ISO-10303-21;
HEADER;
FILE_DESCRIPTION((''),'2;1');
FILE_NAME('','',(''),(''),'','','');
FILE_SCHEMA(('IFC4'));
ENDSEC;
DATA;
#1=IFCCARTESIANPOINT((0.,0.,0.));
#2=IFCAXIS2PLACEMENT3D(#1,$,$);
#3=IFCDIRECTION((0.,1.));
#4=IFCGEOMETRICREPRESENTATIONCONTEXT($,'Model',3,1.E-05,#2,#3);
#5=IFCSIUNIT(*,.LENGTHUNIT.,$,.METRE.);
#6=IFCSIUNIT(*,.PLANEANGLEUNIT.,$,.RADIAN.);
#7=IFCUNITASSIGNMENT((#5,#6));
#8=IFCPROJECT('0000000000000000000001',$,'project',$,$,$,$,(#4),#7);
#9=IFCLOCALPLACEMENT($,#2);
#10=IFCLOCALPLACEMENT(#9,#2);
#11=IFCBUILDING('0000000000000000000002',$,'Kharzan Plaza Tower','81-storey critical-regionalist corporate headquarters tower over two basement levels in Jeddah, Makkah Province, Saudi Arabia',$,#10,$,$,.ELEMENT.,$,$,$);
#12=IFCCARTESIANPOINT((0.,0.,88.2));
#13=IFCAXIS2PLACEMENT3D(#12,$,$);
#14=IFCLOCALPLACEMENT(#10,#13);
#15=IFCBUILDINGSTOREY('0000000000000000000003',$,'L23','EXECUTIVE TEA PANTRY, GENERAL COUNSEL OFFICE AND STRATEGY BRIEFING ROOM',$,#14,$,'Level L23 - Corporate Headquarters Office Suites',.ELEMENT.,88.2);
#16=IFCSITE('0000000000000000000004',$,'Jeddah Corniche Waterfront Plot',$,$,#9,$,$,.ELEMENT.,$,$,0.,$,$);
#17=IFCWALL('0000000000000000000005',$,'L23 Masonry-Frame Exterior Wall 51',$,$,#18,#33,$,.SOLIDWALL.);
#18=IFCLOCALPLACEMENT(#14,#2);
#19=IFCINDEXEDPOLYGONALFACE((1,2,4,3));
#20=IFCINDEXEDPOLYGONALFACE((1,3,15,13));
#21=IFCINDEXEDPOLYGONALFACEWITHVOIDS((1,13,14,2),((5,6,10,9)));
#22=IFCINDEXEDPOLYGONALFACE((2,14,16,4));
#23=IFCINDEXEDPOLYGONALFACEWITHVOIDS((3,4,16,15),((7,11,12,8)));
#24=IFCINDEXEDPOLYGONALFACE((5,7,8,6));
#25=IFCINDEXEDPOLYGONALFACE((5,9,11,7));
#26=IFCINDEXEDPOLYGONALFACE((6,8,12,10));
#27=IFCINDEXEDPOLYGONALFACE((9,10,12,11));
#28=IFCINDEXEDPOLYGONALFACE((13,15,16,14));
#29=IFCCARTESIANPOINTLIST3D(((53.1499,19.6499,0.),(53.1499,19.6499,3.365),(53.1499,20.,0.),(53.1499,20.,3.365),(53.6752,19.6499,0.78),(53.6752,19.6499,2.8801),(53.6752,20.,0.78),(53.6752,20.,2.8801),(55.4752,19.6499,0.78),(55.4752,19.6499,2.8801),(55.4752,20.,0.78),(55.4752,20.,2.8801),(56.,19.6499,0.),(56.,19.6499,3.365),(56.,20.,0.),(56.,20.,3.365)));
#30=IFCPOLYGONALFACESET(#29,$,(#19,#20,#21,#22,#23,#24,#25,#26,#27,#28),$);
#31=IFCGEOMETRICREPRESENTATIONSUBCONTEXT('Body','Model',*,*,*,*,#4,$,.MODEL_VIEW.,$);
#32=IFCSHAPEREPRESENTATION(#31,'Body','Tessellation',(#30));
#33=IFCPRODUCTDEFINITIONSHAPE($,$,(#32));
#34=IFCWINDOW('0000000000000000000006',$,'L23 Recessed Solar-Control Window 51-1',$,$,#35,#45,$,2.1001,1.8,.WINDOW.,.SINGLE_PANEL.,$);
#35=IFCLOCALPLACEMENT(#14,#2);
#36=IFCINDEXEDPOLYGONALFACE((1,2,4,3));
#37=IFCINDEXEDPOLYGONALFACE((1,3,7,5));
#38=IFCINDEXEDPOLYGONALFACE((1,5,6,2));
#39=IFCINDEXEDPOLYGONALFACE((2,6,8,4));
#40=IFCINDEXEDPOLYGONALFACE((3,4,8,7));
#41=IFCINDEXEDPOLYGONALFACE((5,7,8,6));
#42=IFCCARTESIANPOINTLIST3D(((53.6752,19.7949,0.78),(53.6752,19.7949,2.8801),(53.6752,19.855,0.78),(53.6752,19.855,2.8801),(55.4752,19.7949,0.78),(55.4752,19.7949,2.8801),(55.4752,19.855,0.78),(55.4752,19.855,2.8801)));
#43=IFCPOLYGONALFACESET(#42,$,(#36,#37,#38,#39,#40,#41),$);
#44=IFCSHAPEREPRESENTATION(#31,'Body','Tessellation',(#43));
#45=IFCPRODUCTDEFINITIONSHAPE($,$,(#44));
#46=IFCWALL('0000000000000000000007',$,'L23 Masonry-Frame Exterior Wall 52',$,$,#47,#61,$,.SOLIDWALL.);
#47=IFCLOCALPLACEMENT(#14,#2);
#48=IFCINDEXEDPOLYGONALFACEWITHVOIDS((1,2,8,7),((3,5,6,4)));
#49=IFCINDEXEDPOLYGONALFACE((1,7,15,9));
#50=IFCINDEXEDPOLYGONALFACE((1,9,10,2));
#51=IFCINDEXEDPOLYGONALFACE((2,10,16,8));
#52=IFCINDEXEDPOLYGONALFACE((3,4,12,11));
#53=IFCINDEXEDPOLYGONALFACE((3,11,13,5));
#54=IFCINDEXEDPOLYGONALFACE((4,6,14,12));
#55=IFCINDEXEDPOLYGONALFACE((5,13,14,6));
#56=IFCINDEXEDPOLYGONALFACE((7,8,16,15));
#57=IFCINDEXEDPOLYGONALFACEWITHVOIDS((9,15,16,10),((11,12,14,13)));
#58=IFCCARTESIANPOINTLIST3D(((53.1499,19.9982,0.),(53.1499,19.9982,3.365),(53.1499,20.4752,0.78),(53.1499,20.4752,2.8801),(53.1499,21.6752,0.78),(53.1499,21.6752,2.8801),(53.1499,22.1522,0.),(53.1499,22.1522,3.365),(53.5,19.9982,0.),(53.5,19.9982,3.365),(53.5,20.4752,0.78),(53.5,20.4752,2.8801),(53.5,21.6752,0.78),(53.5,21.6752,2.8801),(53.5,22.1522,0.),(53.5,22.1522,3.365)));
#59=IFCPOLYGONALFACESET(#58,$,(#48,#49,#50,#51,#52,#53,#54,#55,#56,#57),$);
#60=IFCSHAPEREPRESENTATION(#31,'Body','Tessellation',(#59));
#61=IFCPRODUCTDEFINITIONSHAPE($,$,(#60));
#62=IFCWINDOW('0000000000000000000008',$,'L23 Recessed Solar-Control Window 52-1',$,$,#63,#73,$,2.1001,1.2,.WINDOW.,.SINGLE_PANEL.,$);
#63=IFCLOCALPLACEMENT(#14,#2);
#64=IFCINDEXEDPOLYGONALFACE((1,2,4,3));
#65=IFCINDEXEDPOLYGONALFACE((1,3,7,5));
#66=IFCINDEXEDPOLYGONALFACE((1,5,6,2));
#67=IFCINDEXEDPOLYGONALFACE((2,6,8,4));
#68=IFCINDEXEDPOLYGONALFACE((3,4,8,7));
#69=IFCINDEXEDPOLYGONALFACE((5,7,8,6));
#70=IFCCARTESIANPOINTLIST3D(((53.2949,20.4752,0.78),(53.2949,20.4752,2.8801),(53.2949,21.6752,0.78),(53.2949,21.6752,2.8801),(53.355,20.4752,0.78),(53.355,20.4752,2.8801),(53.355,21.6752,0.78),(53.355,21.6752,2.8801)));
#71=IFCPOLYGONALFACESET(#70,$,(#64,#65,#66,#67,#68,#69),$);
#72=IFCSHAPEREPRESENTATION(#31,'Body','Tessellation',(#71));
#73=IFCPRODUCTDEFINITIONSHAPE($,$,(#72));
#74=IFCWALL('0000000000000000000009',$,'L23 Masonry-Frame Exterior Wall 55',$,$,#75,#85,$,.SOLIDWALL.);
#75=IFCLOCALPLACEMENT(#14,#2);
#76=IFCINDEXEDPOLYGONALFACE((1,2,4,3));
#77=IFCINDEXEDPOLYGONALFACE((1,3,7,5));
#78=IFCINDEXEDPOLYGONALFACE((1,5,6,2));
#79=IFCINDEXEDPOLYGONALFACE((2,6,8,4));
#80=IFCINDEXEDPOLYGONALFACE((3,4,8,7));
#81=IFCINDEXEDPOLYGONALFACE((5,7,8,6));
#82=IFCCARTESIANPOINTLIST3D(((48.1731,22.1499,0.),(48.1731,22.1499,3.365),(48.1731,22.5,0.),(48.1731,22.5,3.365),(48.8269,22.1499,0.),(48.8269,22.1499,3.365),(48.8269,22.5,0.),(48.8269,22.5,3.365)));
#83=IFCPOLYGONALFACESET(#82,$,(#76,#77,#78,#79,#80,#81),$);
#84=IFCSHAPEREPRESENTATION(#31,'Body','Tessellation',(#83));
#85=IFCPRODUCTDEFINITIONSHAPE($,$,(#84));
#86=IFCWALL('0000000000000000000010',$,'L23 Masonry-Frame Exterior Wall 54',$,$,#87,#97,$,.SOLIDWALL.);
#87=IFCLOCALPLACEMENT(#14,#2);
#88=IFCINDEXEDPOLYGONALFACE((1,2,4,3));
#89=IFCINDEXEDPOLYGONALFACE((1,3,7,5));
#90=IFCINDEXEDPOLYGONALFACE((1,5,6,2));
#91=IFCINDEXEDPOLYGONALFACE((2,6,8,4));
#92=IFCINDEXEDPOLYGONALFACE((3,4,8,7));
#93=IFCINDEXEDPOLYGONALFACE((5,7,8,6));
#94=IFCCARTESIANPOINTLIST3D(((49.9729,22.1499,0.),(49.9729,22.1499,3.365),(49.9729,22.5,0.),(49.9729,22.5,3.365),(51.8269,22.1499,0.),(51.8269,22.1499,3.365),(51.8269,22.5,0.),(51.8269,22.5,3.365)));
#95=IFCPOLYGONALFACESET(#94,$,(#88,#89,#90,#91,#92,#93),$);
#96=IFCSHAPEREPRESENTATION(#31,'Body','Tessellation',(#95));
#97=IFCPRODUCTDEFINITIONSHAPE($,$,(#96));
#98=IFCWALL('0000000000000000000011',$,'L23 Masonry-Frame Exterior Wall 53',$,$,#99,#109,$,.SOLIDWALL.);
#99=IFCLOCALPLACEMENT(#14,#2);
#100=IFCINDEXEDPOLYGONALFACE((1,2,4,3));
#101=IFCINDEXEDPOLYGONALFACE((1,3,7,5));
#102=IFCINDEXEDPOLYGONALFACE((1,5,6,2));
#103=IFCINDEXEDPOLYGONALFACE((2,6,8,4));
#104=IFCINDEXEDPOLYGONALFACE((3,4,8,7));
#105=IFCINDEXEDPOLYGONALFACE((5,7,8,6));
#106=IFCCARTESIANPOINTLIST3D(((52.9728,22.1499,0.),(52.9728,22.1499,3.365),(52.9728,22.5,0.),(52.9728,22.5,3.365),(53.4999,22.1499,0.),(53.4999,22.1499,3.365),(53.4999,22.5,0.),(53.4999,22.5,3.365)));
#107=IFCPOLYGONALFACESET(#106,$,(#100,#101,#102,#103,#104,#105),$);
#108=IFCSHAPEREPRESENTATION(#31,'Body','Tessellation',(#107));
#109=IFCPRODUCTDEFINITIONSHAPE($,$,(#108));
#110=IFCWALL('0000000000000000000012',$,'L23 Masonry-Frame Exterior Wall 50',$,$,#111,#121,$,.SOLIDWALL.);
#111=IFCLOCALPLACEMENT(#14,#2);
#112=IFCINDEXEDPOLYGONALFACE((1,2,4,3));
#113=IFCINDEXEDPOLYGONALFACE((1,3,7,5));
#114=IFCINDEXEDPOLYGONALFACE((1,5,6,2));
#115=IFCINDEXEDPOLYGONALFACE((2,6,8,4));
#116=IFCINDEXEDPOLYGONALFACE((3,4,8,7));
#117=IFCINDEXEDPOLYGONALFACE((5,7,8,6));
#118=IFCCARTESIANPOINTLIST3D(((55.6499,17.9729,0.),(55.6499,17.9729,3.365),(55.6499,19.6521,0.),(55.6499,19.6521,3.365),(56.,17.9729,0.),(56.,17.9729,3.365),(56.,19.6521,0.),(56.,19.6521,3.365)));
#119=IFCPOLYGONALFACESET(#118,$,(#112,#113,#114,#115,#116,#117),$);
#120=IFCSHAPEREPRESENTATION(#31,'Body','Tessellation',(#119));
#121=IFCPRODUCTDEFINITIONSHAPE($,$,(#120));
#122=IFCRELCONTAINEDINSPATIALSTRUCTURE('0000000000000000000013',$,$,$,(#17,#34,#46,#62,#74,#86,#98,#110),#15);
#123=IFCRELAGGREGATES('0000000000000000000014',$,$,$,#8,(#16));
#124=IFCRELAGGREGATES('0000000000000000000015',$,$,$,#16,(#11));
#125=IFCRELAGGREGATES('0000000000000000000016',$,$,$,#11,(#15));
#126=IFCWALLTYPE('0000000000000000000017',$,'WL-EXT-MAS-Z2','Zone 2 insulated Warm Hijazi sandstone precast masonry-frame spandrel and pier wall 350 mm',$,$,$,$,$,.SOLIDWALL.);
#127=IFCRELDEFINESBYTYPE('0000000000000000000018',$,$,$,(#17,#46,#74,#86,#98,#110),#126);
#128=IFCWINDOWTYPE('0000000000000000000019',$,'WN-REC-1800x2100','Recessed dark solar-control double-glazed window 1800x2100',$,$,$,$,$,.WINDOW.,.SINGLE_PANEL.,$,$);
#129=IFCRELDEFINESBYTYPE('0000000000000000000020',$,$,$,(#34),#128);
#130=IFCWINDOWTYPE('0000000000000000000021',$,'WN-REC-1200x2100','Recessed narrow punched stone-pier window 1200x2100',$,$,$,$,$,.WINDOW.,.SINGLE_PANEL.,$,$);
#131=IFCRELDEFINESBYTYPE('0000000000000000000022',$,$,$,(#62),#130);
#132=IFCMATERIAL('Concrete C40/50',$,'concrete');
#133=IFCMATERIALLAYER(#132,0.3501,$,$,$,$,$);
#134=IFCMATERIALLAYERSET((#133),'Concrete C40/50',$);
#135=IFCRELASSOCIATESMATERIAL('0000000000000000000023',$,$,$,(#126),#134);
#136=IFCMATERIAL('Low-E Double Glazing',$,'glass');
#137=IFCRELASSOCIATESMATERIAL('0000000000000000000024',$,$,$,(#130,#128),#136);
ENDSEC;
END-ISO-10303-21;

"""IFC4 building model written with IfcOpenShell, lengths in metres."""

from ifc_helpers import new_model, si_unit, direction, frame, frame_2d, origin, place, context, subcontext, project, spatial, rectangle, extrude, source, transform, mapped, material, layer, layer_set, type_object, element, fill, save


model = new_model("IFC4")

# Units and contexts
model_context = context("Model", 3, precision=1e-05, world=origin(), true_north=direction((0.0, 1.0)))
body_context = subcontext(model_context, "Body", "Model", "MODEL_VIEW")
ifc_project = project(units=[si_unit("LENGTHUNIT", "METRE"), si_unit("PLANEANGLEUNIT", "RADIAN")], contexts=[model_context])

# Site, building, storey
site_placement = place(None, origin())
site = spatial("IfcSite", under=ifc_project, at=site_placement, Name="Jeddah Corniche Waterfront Plot", CompositionType="ELEMENT", RefElevation=0.0)
building_placement = place(site_placement, origin())
building = spatial("IfcBuilding", under=site, at=building_placement, Name="Kharzan Plaza Tower", Description="81-storey critical-regionalist corporate headquarters tower over two basement levels in Jeddah, Makkah Province, Saudi Arabia", CompositionType="ELEMENT")
storey_placement = place(building_placement, frame((0.0, 0.0, 88.2)))
storey = spatial("IfcBuildingStorey", under=building, at=storey_placement, Name="L23", Description="EXECUTIVE TEA PANTRY, GENERAL COUNSEL OFFICE AND STRATEGY BRIEFING ROOM", LongName="Level L23 - Corporate Headquarters Office Suites", CompositionType="ELEMENT", Elevation=88.2)

# Walls, openings, windows
ifc_material_1 = material(Name="Concrete C40/50", Category="concrete")
ifc_layer = layer(ifc_material_1, 0.3501)
ifc_layer_set = layer_set([ifc_layer], Name="Concrete C40/50")
wall_type = type_object("IfcWallType", Name="WL-EXT-MAS-Z2", Description="Zone 2 insulated Warm Hijazi sandstone precast masonry-frame spandrel and pier wall 350 mm", PredefinedType="SOLIDWALL", material=ifc_layer_set)
ifc_material_2 = material(Name="Low-E Double Glazing", Category="glass")
window_type_1 = type_object("IfcWindowType", Name="WN-REC-1200x2100", Description="Recessed narrow punched stone-pier window 1200x2100", PartitioningType="SINGLE_PANEL", PredefinedType="WINDOW", material=ifc_material_2)
shared_shape_1 = source(origin(), body_context, "Body", "SweptSolid", [
    extrude(rectangle(XDim=1.2, YDim=2.1001, at=frame_2d((0.6001, 1.05))), frame((0.0, 0.03, 0.0), z_axis=(0.0, -1.0, 0.0), x_axis=(1.0, 0.0, 0.0)), (0.0, 0.0, 1.0), 0.0601),
])
wall_1_placement = place(storey_placement, frame((56.0, 19.825, 0.0), z_axis=(0.0, 0.0, 1.0), x_axis=(-1.0, 0.0, 0.0)))
wall_1 = element("IfcWall", 1, at=wall_1_placement, inside=storey, type_object=wall_type, Name="L23 Masonry-Frame Exterior Wall 51", PredefinedType="SOLIDWALL", context=body_context, shape_type="SweptSolid", body=[
    extrude(rectangle(XDim=2.8501, YDim=0.3501, at=frame_2d((1.425, 0.0))), origin(), (0.0, 0.0, 1.0), 3.365),
])
opening_1_placement = place(wall_1_placement, frame((0.5249, 0.0, 0.78)))
opening_1 = element("IfcOpeningElement", 2, at=opening_1_placement, cuts=wall_1, PredefinedType="OPENING", context=body_context, shape_type="SweptSolid", body=[
    extrude(rectangle(XDim=1.8, YDim=2.1001, at=frame_2d((0.8999, 1.05))), frame((0.0, 0.1851, 0.0), z_axis=(0.0, -1.0, 0.0), x_axis=(1.0, 0.0, 0.0)), (0.0, 0.0, 1.0), 0.3701),
])
window_type_2 = type_object("IfcWindowType", Name="WN-REC-1800x2100", Description="Recessed dark solar-control double-glazed window 1800x2100", PartitioningType="SINGLE_PANEL", PredefinedType="WINDOW", material=ifc_material_2)
shared_shape_2 = source(origin(), body_context, "Body", "SweptSolid", [
    extrude(rectangle(XDim=1.8, YDim=2.1001, at=frame_2d((0.8999, 1.05))), frame((0.0, 0.03, 0.0), z_axis=(0.0, -1.0, 0.0), x_axis=(1.0, 0.0, 0.0)), (0.0, 0.0, 1.0), 0.0601),
])
window_1_placement = place(opening_1_placement, origin())
window_1 = element("IfcWindow", 3, at=window_1_placement, inside=storey, type_object=window_type_2, Name="L23 Recessed Solar-Control Window 51-1", OverallHeight=2.1001, OverallWidth=1.8, PartitioningType="SINGLE_PANEL", PredefinedType="WINDOW", context=body_context, shape_type="MappedRepresentation", body=[
    mapped(shared_shape_2, transform((0.0, 0.0, 0.0), x_axis=(1.0, 0.0, 0.0), y_axis=(0.0, 1.0, 0.0), z_axis=(0.0, 0.0, 1.0))),
])
fill(opening_1, window_1)
wall_2_placement = place(storey_placement, frame((53.325, 19.998, 0.0), z_axis=(0.0, 0.0, 1.0), x_axis=(0.0, 1.0, 0.0)))
wall_2 = element("IfcWall", 4, at=wall_2_placement, inside=storey, type_object=wall_type, Name="L23 Masonry-Frame Exterior Wall 52", PredefinedType="SOLIDWALL", context=body_context, shape_type="SweptSolid", body=[
    extrude(rectangle(XDim=2.1541, YDim=0.3501, at=frame_2d((1.0771, 0.0))), origin(), (0.0, 0.0, 1.0), 3.365),
])
opening_2_placement = place(wall_2_placement, frame((0.4771, 0.0, 0.78)))
opening_2 = element("IfcOpeningElement", 5, at=opening_2_placement, cuts=wall_2, PredefinedType="OPENING", context=body_context, shape_type="SweptSolid", body=[
    extrude(rectangle(XDim=1.2, YDim=2.1001, at=frame_2d((0.6001, 1.05))), frame((0.0, 0.1851, 0.0), z_axis=(0.0, -1.0, 0.0), x_axis=(1.0, 0.0, 0.0)), (0.0, 0.0, 1.0), 0.3701),
])
window_2_placement = place(opening_2_placement, origin())
window_2 = element("IfcWindow", 6, at=window_2_placement, inside=storey, type_object=window_type_1, Name="L23 Recessed Solar-Control Window 52-1", OverallHeight=2.1001, OverallWidth=1.2, PartitioningType="SINGLE_PANEL", PredefinedType="WINDOW", context=body_context, shape_type="MappedRepresentation", body=[
    mapped(shared_shape_1, transform((0.0, 0.0, 0.0), x_axis=(1.0, 0.0, 0.0), y_axis=(0.0, 1.0, 0.0), z_axis=(0.0, 0.0, 1.0))),
])
fill(opening_2, window_2)

# Walls
shared_shape_3 = source(origin(), body_context, "Body", "SweptSolid", [
    extrude(rectangle(XDim=0.6538, YDim=0.3501, at=frame_2d((0.3269, 0.0))), origin(), (0.0, 0.0, 1.0), 3.365),
])
wall_3_placement = place(storey_placement, frame((48.8269, 22.325, 0.0), z_axis=(0.0, 0.0, 1.0), x_axis=(-1.0, 0.0, 0.0)))
element("IfcWall", 7, at=wall_3_placement, inside=storey, type_object=wall_type, Name="L23 Masonry-Frame Exterior Wall 55", PredefinedType="SOLIDWALL", context=body_context, shape_type="MappedRepresentation", body=[
    mapped(shared_shape_3, transform((0.0, 0.0, 0.0), x_axis=(1.0, 0.0, 0.0), y_axis=(0.0, 1.0, 0.0), z_axis=(0.0, 0.0, 1.0))),
])
shared_shape_4 = source(origin(), body_context, "Body", "SweptSolid", [
    extrude(rectangle(XDim=1.854, YDim=0.3501, at=frame_2d((0.927, 0.0))), origin(), (0.0, 0.0, 1.0), 3.365),
])
wall_4_placement = place(storey_placement, frame((51.8269, 22.325, 0.0), z_axis=(0.0, 0.0, 1.0), x_axis=(-1.0, 0.0, 0.0)))
element("IfcWall", 8, at=wall_4_placement, inside=storey, type_object=wall_type, Name="L23 Masonry-Frame Exterior Wall 54", PredefinedType="SOLIDWALL", context=body_context, shape_type="MappedRepresentation", body=[
    mapped(shared_shape_4, transform((0.0, 0.0, 0.0), x_axis=(1.0, 0.0, 0.0), y_axis=(0.0, 1.0, 0.0), z_axis=(0.0, 0.0, 1.0))),
])
shared_shape_5 = source(origin(), body_context, "Body", "SweptSolid", [
    extrude(rectangle(XDim=0.5271, YDim=0.3501, at=frame_2d((0.2637, 0.0))), origin(), (0.0, 0.0, 1.0), 3.365),
])
wall_5_placement = place(storey_placement, frame((53.5, 22.325, 0.0), z_axis=(0.0, 0.0, 1.0), x_axis=(-1.0, 0.0, 0.0)))
element("IfcWall", 9, at=wall_5_placement, inside=storey, type_object=wall_type, Name="L23 Masonry-Frame Exterior Wall 53", PredefinedType="SOLIDWALL", context=body_context, shape_type="MappedRepresentation", body=[
    mapped(shared_shape_5, transform((0.0, 0.0, 0.0), x_axis=(1.0, 0.0, 0.0), y_axis=(0.0, 1.0, 0.0), z_axis=(0.0, 0.0, 1.0))),
])
shared_shape_6 = source(origin(), body_context, "Body", "SweptSolid", [
    extrude(rectangle(XDim=1.6792, YDim=0.3501, at=frame_2d((0.8396, 0.0))), origin(), (0.0, 0.0, 1.0), 3.365),
])
wall_6_placement = place(storey_placement, frame((55.825, 17.9729, 0.0), z_axis=(0.0, 0.0, 1.0), x_axis=(0.0, 1.0, 0.0)))
element("IfcWall", 10, at=wall_6_placement, inside=storey, type_object=wall_type, Name="L23 Masonry-Frame Exterior Wall 50", PredefinedType="SOLIDWALL", context=body_context, shape_type="MappedRepresentation", body=[
    mapped(shared_shape_6, transform((0.0, 0.0, 0.0), x_axis=(1.0, 0.0, 0.0), y_axis=(0.0, 1.0, 0.0), z_axis=(0.0, 0.0, 1.0))),
])

save(model, "model.ifc")
